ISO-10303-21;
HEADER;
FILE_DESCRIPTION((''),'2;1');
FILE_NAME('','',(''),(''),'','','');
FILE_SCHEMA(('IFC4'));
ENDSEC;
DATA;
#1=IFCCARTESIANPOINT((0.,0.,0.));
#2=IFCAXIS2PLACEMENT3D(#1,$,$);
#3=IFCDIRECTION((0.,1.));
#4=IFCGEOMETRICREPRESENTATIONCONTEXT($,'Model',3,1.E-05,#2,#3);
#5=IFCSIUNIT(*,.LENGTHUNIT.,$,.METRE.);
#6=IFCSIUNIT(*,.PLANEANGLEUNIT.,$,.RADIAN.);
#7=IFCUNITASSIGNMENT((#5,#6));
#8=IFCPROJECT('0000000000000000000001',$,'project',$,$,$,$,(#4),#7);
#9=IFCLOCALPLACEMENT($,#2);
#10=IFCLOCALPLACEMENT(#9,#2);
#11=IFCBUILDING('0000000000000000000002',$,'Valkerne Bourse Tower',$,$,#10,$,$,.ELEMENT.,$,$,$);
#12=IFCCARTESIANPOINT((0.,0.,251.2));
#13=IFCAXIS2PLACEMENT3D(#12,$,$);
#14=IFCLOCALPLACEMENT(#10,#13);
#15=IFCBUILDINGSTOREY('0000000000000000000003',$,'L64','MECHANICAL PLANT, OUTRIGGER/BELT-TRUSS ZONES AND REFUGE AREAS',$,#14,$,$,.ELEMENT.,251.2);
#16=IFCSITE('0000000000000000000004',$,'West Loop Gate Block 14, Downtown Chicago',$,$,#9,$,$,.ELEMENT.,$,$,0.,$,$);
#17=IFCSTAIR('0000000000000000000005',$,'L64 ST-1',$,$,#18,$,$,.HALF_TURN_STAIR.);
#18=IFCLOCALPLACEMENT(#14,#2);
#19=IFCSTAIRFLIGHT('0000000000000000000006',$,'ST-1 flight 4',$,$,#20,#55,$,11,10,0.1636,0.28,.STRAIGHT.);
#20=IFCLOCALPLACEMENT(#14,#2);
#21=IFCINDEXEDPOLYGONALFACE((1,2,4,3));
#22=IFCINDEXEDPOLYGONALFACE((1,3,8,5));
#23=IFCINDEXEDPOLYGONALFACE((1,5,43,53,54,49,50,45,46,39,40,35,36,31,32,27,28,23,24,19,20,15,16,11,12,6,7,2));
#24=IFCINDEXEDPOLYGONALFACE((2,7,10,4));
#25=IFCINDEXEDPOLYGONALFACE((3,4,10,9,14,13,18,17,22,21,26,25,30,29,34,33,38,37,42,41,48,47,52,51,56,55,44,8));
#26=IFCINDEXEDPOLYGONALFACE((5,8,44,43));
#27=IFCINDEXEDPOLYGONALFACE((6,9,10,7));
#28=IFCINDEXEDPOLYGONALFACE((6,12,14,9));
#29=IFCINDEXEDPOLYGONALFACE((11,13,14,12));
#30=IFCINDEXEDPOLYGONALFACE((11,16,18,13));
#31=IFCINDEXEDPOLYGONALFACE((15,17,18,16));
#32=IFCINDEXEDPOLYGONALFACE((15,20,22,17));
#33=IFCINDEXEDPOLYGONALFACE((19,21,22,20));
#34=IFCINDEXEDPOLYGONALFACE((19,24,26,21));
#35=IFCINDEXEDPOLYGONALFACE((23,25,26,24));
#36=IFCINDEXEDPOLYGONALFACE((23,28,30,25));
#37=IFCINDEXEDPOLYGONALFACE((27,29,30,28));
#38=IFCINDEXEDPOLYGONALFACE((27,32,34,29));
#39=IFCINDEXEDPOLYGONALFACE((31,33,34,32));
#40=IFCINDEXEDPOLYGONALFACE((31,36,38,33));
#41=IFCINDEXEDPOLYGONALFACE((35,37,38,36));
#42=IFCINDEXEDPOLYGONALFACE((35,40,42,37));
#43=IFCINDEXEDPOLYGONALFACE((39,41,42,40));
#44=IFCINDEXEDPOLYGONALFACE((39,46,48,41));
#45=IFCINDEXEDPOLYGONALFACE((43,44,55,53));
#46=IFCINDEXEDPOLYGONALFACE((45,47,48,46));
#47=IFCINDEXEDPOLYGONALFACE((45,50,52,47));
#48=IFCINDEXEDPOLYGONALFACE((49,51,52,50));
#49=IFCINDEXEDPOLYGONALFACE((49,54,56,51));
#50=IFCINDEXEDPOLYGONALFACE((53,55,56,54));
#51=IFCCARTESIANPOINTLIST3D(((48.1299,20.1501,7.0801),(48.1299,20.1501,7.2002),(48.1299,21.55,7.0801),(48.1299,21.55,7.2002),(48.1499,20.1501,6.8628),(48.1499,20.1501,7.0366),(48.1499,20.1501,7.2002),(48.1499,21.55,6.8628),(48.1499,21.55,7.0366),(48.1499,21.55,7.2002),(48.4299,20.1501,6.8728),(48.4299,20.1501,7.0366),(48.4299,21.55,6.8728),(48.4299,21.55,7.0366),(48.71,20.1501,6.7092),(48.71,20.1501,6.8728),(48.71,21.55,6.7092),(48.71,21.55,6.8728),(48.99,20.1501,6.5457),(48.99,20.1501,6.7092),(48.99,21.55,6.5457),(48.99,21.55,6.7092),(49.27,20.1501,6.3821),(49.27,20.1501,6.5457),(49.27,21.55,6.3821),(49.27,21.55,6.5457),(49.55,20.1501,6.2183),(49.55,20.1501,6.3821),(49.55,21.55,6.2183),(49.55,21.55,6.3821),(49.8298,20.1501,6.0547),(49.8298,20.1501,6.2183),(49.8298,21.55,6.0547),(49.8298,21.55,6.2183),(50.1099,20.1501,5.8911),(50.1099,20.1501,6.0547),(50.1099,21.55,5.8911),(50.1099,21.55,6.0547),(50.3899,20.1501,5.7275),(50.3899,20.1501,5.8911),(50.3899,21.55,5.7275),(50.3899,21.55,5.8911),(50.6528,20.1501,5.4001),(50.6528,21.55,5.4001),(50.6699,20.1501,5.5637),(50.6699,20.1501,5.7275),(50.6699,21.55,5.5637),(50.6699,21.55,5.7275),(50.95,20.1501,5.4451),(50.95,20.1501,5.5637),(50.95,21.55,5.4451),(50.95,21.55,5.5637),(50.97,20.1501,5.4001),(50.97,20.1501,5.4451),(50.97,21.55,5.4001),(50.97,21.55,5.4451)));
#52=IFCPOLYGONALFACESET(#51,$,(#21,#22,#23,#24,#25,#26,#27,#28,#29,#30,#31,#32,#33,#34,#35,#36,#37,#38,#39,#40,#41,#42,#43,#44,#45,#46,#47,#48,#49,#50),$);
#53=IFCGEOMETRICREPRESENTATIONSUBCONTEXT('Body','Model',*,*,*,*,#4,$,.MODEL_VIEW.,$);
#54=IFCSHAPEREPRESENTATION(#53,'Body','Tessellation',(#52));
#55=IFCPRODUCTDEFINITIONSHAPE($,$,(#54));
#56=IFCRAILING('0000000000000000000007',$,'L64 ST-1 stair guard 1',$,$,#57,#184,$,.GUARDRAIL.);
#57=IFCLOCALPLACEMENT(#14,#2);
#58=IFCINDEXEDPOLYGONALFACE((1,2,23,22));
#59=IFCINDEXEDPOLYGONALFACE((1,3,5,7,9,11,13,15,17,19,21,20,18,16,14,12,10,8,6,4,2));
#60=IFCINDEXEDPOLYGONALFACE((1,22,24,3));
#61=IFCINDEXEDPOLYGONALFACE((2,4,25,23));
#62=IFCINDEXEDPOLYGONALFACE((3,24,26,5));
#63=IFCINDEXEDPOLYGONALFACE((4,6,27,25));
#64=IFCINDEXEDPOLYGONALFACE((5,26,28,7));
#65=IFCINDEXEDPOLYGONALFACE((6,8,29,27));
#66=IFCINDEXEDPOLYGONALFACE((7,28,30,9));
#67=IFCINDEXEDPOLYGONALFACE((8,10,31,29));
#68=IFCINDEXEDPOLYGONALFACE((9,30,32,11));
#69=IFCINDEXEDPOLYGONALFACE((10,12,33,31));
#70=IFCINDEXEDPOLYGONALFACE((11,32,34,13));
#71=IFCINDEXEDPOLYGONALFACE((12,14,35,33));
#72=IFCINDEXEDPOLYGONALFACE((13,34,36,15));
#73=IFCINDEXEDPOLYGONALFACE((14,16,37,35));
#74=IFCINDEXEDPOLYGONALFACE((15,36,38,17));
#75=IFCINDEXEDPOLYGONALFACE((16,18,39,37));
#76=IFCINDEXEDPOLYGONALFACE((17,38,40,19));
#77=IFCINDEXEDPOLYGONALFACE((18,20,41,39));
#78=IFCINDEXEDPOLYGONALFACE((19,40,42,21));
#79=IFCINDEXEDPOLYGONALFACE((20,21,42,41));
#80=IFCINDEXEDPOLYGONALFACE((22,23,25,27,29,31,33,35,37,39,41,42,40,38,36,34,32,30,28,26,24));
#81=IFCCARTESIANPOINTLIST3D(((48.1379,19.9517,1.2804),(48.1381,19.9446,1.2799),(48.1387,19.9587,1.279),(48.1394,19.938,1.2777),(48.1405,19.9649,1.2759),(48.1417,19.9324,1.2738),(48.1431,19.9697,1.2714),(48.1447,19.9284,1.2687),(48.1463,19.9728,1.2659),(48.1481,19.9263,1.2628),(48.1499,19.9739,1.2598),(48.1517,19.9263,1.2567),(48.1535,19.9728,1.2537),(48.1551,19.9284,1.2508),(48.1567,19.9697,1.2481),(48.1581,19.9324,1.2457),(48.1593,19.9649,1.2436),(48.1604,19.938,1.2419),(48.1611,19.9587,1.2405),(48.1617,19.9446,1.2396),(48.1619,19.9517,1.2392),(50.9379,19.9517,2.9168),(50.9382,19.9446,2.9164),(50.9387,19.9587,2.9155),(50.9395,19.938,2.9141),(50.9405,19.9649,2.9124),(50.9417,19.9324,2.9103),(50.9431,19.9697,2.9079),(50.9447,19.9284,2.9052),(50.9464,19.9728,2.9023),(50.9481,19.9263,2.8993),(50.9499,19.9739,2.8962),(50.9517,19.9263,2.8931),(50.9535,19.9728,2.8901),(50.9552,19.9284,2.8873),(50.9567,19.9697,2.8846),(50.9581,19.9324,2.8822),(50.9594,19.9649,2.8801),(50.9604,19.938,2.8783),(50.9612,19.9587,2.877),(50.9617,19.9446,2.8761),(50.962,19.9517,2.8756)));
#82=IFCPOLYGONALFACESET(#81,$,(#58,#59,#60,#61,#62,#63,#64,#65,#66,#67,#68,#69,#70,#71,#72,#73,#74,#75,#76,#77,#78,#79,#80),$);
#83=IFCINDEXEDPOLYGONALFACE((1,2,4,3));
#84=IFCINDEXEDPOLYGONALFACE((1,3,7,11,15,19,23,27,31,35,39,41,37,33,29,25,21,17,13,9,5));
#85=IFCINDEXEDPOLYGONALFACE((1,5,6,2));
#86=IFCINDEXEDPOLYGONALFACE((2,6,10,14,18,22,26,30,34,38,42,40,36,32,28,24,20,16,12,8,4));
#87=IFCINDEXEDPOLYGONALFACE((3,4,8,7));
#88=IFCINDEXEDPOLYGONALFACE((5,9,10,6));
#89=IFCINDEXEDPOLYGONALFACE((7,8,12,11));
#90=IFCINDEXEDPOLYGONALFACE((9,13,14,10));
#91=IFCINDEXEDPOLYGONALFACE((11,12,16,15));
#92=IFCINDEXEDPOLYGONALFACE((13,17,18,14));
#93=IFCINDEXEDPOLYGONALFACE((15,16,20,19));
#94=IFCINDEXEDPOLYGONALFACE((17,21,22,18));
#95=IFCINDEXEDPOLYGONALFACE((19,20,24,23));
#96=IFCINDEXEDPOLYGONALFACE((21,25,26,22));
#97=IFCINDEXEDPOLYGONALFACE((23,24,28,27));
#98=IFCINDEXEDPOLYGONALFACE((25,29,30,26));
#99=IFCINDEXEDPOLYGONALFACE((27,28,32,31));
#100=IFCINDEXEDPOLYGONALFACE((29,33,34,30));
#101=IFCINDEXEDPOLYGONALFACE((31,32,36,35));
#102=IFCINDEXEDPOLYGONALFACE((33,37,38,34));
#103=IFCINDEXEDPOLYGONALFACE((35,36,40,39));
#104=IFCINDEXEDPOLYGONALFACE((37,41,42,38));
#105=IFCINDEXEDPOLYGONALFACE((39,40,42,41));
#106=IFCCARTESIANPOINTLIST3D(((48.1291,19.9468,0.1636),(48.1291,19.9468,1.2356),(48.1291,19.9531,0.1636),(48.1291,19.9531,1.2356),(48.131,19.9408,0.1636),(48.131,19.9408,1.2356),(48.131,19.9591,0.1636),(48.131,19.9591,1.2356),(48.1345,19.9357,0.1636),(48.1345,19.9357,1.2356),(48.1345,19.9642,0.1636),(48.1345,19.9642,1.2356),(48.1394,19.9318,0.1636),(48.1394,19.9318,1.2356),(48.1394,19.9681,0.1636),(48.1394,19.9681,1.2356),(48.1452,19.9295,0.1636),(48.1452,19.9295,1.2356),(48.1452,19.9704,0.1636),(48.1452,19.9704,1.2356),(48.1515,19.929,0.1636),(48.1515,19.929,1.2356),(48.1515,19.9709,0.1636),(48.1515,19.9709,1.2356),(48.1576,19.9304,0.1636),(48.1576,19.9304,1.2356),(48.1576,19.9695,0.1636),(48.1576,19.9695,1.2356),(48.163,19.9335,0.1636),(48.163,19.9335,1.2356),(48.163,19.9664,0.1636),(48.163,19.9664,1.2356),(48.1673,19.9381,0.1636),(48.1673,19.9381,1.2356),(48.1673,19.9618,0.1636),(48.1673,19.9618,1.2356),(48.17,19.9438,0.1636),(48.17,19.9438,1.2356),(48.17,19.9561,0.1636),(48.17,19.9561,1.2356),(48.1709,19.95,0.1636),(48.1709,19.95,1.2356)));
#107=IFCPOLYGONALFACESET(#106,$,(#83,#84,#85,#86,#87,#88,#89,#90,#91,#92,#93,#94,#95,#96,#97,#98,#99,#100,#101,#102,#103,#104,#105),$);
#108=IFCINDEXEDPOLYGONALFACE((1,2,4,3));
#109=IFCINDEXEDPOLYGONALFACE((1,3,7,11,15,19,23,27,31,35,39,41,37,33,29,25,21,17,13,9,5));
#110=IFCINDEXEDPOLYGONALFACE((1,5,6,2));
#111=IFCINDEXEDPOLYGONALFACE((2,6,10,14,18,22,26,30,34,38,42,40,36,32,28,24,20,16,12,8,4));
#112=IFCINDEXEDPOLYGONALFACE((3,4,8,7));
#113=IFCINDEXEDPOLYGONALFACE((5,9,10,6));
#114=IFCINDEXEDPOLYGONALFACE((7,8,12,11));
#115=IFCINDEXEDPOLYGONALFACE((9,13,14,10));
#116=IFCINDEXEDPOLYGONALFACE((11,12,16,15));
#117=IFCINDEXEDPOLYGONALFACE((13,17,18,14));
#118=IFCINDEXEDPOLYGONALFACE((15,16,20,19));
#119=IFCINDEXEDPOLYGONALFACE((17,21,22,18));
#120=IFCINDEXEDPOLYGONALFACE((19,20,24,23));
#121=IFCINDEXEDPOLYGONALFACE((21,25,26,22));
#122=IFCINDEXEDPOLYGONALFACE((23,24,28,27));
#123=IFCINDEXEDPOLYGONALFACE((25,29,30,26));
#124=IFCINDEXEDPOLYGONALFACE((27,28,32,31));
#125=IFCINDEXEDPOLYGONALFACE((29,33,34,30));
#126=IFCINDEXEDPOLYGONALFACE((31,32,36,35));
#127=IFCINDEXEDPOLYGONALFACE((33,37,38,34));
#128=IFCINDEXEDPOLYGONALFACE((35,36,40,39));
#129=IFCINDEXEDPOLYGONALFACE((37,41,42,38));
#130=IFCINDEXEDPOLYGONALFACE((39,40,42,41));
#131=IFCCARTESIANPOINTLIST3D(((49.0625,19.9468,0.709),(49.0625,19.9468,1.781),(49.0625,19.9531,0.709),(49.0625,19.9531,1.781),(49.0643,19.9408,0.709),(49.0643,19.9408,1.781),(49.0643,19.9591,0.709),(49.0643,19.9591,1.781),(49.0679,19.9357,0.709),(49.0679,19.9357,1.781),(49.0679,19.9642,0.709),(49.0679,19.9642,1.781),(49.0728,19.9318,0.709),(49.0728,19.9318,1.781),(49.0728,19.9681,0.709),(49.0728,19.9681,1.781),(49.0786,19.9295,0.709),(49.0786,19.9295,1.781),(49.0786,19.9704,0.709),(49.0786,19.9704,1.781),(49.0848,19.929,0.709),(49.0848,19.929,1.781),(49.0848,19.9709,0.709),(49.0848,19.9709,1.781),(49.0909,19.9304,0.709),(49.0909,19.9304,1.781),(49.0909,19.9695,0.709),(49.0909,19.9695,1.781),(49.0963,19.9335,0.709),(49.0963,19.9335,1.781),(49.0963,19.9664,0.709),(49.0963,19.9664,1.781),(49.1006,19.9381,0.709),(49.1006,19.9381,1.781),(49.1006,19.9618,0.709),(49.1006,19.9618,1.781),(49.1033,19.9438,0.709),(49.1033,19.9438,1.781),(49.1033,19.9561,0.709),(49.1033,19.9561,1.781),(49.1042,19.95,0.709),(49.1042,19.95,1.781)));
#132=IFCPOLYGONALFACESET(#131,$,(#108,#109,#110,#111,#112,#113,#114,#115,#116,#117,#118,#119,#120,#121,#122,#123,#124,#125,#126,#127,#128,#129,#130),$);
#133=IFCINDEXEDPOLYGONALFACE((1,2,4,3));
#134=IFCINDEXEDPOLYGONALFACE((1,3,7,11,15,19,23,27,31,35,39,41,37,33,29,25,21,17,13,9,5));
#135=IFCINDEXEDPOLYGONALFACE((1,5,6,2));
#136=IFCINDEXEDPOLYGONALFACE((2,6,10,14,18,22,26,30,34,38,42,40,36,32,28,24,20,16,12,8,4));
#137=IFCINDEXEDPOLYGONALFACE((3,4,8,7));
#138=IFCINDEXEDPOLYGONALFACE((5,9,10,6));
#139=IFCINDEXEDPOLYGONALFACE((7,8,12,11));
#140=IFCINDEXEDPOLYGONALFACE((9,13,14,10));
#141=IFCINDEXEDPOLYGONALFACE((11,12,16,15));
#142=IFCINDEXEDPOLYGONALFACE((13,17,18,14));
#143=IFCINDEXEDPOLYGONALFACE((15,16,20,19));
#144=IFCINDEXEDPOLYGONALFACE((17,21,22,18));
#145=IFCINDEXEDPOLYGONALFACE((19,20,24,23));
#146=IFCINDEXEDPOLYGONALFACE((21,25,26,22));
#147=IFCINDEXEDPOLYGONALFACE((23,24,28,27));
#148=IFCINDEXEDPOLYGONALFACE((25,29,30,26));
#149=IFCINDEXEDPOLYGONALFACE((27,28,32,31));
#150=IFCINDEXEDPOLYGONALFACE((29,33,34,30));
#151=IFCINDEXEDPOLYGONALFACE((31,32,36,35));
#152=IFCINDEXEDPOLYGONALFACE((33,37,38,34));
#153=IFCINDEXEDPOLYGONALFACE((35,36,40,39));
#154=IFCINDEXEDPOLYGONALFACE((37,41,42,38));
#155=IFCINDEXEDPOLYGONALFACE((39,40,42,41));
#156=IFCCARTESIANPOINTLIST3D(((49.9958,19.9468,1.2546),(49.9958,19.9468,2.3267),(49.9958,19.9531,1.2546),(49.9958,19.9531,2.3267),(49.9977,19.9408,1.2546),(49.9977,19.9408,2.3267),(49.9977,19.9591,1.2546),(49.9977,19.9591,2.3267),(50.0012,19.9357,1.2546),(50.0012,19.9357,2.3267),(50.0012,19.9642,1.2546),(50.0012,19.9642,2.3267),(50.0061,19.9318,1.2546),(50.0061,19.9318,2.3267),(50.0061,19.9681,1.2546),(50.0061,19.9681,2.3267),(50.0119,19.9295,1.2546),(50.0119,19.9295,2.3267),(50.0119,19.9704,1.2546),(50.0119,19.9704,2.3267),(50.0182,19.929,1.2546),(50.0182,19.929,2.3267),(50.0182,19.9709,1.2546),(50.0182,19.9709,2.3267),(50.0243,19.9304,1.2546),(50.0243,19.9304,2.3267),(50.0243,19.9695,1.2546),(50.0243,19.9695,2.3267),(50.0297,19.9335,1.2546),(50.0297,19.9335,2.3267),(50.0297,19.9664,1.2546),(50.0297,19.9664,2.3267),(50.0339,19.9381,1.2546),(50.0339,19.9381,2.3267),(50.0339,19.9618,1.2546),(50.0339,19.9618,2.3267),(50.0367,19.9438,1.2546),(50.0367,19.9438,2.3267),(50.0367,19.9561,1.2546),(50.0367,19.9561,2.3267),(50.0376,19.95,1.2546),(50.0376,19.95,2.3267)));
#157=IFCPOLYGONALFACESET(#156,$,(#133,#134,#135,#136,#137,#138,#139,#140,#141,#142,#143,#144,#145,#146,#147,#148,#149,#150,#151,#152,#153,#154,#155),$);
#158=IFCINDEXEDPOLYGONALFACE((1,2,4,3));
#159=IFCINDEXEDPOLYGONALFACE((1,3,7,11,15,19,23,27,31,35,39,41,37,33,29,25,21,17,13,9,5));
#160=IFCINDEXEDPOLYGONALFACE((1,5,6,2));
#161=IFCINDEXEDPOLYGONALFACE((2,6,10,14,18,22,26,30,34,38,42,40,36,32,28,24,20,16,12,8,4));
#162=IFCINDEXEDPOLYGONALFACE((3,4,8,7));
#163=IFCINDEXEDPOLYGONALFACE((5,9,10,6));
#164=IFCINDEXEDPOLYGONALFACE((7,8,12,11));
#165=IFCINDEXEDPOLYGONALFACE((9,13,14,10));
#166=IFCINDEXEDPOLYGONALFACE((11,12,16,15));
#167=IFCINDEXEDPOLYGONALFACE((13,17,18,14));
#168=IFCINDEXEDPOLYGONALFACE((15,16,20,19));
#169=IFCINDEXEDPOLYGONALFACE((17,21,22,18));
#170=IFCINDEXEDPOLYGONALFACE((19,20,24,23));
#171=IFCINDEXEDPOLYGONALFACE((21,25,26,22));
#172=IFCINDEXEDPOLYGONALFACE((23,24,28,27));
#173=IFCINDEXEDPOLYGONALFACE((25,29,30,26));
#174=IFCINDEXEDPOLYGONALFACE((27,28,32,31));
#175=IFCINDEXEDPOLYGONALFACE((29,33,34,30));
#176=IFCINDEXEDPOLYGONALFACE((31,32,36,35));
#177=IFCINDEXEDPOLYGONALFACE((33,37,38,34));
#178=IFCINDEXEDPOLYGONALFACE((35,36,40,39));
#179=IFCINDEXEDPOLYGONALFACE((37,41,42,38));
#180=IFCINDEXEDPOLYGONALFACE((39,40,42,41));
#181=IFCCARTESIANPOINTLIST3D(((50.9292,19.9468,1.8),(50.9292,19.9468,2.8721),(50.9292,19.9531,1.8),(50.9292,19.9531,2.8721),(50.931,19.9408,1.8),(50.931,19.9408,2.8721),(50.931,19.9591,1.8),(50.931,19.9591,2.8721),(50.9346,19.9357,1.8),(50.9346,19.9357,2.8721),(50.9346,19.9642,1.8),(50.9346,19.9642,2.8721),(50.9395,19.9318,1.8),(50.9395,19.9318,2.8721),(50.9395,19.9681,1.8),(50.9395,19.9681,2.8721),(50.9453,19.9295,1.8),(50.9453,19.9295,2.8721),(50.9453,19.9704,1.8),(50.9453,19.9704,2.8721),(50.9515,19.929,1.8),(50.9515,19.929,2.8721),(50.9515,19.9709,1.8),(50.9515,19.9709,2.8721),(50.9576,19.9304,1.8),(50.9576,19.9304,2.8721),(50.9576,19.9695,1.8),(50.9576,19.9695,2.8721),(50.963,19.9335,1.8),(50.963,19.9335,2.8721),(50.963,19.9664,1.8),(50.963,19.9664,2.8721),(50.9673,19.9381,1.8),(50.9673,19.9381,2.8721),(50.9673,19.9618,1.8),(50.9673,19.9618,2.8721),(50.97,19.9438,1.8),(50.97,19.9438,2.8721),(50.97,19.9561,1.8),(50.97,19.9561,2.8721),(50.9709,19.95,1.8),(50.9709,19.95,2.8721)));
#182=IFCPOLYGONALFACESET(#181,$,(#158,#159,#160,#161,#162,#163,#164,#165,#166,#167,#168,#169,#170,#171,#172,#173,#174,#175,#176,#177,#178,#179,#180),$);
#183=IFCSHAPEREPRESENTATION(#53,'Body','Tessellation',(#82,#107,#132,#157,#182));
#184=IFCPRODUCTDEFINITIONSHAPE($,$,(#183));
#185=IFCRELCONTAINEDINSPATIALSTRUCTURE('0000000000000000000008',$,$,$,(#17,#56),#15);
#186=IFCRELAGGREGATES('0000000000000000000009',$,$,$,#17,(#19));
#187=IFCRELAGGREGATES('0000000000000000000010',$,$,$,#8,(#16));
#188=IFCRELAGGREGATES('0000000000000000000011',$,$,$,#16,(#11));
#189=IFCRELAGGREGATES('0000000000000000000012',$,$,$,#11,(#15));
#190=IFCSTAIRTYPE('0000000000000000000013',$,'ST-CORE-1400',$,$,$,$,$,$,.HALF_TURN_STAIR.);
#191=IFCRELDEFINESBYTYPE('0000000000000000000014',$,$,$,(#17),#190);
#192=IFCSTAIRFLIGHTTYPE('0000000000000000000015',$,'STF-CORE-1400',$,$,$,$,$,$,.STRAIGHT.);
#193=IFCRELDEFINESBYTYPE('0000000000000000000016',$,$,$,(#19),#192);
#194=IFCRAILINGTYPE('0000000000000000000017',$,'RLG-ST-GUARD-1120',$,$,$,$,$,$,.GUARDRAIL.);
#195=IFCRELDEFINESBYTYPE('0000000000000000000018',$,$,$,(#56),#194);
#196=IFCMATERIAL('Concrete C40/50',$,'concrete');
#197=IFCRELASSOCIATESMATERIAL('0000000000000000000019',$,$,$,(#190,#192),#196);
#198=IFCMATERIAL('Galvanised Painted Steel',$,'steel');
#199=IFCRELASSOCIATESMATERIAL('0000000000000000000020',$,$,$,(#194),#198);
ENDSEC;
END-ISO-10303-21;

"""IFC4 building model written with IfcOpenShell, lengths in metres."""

from ifc_helpers import new_model, si_unit, direction, frame, origin, origin_2d, place, context, subcontext, project, spatial, polyline, circle, outline, extrude, material, type_object, element, aggregate, save


model = new_model("IFC4")

# Units and contexts
model_context = context("Model", 3, precision=1e-05, world=origin(), true_north=direction((0.0, 1.0)))
body_context = subcontext(model_context, "Body", "Model", "MODEL_VIEW")
ifc_project = project(units=[si_unit("LENGTHUNIT", "METRE"), si_unit("PLANEANGLEUNIT", "RADIAN")], contexts=[model_context])

# Site, building, storey
site_placement = place(None, origin())
site = spatial("IfcSite", under=ifc_project, at=site_placement, Name="West Loop Gate Block 14, Downtown Chicago", CompositionType="ELEMENT", RefElevation=0.0)
building_placement = place(site_placement, origin())
building = spatial("IfcBuilding", under=site, at=building_placement, Name="Valkerne Bourse Tower", CompositionType="ELEMENT")
storey_placement = place(building_placement, frame((0.0, 0.0, 251.2)))
storey = spatial("IfcBuildingStorey", under=building, at=storey_placement, Name="L64", Description="MECHANICAL PLANT, OUTRIGGER/BELT-TRUSS ZONES AND REFUGE AREAS", CompositionType="ELEMENT", Elevation=251.2)

# Shared definitions
ifc_material_1 = material(Name="Galvanised Painted Steel", Category="steel")

# Shared definitions
ifc_material_2 = material(Name="Concrete C40/50", Category="concrete")

# Stair, stair flight
stair_type = type_object("IfcStairType", Name="ST-CORE-1400", PredefinedType="HALF_TURN_STAIR", material=ifc_material_2)
stair_placement = place(storey_placement, origin())
stair = element("IfcStair", 1, at=stair_placement, inside=storey, type_object=stair_type, Name="L64 ST-1", PredefinedType="HALF_TURN_STAIR")
stair_flight_type = type_object("IfcStairFlightType", Name="STF-CORE-1400", PredefinedType="STRAIGHT", material=ifc_material_2)
stair_flight_1_placement = place(storey_placement, frame((50.95, 20.8501, 5.4001), z_axis=(0.0, 0.0, 1.0), x_axis=(-1.0, 0.0, 0.0)))
stair_flight_1 = element("IfcStairFlight", 2, at=stair_flight_1_placement, type_object=stair_flight_type, Name="ST-1 flight 4", NumberOfRisers=11, NumberOfTreads=10, PredefinedType="STRAIGHT", RiserHeight=0.1636, TreadLength=0.28, context=body_context, shape_type="SweptSolid", body=[
    extrude(outline(polyline([(-0.02, 0.0), (-0.02, 0.0449), (0.0, 0.0449), (0.0, 0.1636), (0.28, 0.1636), (0.28, 0.3274), (0.5601, 0.3274), (0.5601, 0.491), (0.8401, 0.491), (0.8401, 0.6545), (1.1201, 0.6545), (1.1201, 0.8181), (1.3999, 0.8181), (1.3999, 0.9819), (1.6799, 0.9819), (1.6799, 1.1455), (1.96, 1.1455), (1.96, 1.3091), (2.24, 1.3091), (2.24, 1.4727), (2.52, 1.4727), (2.52, 1.6365), (2.8, 1.6365), (2.8, 1.8), (2.8201, 1.8), (2.8201, 1.6799), (2.8, 1.4626), (0.2971, 0.0), (-0.02, 0.0)])), frame((0.0, 0.7, 0.0), z_axis=(0.0, -1.0, 0.0), x_axis=(1.0, 0.0, 0.0)), (0.0, 0.0, 1.0), 1.3999),
])
aggregate(stair, [stair_flight_1])

# Railing
railing_type_1 = type_object("IfcRailingType", Name="RLG-ST-GUARD-1120", PredefinedType="GUARDRAIL", material=ifc_material_1)
railing_1_placement = place(storey_placement, frame((48.1499, 19.95, 0.1636)))
element("IfcRailing", 3, at=railing_1_placement, inside=storey, type_object=railing_type_1, Name="L64 ST-1 stair guard 1", PredefinedType="GUARDRAIL", context=body_context, shape_type="SweptSolid", body=[
    extrude(circle(Radius=0.0239, at=origin_2d()), frame((0.0, 0.0, 1.0962), z_axis=(0.863361, 0.0, 0.504587), x_axis=(0.0, 1.0, 0.0)), (0.0, 0.0, 1.0), 3.2432),
    extrude(circle(Radius=0.021, at=origin_2d()), origin(), (0.0, 0.0, 1.0), 1.072),
    extrude(circle(Radius=0.021, at=origin_2d()), frame((0.9333, 0.0, 0.5454)), (0.0, 0.0, 1.0), 1.072),
    extrude(circle(Radius=0.021, at=origin_2d()), frame((1.8667, 0.0, 1.0911)), (0.0, 0.0, 1.0), 1.072),
    extrude(circle(Radius=0.021, at=origin_2d()), frame((2.8, 0.0, 1.6365)), (0.0, 0.0, 1.0), 1.072),
])

save(model, "model.ifc")
